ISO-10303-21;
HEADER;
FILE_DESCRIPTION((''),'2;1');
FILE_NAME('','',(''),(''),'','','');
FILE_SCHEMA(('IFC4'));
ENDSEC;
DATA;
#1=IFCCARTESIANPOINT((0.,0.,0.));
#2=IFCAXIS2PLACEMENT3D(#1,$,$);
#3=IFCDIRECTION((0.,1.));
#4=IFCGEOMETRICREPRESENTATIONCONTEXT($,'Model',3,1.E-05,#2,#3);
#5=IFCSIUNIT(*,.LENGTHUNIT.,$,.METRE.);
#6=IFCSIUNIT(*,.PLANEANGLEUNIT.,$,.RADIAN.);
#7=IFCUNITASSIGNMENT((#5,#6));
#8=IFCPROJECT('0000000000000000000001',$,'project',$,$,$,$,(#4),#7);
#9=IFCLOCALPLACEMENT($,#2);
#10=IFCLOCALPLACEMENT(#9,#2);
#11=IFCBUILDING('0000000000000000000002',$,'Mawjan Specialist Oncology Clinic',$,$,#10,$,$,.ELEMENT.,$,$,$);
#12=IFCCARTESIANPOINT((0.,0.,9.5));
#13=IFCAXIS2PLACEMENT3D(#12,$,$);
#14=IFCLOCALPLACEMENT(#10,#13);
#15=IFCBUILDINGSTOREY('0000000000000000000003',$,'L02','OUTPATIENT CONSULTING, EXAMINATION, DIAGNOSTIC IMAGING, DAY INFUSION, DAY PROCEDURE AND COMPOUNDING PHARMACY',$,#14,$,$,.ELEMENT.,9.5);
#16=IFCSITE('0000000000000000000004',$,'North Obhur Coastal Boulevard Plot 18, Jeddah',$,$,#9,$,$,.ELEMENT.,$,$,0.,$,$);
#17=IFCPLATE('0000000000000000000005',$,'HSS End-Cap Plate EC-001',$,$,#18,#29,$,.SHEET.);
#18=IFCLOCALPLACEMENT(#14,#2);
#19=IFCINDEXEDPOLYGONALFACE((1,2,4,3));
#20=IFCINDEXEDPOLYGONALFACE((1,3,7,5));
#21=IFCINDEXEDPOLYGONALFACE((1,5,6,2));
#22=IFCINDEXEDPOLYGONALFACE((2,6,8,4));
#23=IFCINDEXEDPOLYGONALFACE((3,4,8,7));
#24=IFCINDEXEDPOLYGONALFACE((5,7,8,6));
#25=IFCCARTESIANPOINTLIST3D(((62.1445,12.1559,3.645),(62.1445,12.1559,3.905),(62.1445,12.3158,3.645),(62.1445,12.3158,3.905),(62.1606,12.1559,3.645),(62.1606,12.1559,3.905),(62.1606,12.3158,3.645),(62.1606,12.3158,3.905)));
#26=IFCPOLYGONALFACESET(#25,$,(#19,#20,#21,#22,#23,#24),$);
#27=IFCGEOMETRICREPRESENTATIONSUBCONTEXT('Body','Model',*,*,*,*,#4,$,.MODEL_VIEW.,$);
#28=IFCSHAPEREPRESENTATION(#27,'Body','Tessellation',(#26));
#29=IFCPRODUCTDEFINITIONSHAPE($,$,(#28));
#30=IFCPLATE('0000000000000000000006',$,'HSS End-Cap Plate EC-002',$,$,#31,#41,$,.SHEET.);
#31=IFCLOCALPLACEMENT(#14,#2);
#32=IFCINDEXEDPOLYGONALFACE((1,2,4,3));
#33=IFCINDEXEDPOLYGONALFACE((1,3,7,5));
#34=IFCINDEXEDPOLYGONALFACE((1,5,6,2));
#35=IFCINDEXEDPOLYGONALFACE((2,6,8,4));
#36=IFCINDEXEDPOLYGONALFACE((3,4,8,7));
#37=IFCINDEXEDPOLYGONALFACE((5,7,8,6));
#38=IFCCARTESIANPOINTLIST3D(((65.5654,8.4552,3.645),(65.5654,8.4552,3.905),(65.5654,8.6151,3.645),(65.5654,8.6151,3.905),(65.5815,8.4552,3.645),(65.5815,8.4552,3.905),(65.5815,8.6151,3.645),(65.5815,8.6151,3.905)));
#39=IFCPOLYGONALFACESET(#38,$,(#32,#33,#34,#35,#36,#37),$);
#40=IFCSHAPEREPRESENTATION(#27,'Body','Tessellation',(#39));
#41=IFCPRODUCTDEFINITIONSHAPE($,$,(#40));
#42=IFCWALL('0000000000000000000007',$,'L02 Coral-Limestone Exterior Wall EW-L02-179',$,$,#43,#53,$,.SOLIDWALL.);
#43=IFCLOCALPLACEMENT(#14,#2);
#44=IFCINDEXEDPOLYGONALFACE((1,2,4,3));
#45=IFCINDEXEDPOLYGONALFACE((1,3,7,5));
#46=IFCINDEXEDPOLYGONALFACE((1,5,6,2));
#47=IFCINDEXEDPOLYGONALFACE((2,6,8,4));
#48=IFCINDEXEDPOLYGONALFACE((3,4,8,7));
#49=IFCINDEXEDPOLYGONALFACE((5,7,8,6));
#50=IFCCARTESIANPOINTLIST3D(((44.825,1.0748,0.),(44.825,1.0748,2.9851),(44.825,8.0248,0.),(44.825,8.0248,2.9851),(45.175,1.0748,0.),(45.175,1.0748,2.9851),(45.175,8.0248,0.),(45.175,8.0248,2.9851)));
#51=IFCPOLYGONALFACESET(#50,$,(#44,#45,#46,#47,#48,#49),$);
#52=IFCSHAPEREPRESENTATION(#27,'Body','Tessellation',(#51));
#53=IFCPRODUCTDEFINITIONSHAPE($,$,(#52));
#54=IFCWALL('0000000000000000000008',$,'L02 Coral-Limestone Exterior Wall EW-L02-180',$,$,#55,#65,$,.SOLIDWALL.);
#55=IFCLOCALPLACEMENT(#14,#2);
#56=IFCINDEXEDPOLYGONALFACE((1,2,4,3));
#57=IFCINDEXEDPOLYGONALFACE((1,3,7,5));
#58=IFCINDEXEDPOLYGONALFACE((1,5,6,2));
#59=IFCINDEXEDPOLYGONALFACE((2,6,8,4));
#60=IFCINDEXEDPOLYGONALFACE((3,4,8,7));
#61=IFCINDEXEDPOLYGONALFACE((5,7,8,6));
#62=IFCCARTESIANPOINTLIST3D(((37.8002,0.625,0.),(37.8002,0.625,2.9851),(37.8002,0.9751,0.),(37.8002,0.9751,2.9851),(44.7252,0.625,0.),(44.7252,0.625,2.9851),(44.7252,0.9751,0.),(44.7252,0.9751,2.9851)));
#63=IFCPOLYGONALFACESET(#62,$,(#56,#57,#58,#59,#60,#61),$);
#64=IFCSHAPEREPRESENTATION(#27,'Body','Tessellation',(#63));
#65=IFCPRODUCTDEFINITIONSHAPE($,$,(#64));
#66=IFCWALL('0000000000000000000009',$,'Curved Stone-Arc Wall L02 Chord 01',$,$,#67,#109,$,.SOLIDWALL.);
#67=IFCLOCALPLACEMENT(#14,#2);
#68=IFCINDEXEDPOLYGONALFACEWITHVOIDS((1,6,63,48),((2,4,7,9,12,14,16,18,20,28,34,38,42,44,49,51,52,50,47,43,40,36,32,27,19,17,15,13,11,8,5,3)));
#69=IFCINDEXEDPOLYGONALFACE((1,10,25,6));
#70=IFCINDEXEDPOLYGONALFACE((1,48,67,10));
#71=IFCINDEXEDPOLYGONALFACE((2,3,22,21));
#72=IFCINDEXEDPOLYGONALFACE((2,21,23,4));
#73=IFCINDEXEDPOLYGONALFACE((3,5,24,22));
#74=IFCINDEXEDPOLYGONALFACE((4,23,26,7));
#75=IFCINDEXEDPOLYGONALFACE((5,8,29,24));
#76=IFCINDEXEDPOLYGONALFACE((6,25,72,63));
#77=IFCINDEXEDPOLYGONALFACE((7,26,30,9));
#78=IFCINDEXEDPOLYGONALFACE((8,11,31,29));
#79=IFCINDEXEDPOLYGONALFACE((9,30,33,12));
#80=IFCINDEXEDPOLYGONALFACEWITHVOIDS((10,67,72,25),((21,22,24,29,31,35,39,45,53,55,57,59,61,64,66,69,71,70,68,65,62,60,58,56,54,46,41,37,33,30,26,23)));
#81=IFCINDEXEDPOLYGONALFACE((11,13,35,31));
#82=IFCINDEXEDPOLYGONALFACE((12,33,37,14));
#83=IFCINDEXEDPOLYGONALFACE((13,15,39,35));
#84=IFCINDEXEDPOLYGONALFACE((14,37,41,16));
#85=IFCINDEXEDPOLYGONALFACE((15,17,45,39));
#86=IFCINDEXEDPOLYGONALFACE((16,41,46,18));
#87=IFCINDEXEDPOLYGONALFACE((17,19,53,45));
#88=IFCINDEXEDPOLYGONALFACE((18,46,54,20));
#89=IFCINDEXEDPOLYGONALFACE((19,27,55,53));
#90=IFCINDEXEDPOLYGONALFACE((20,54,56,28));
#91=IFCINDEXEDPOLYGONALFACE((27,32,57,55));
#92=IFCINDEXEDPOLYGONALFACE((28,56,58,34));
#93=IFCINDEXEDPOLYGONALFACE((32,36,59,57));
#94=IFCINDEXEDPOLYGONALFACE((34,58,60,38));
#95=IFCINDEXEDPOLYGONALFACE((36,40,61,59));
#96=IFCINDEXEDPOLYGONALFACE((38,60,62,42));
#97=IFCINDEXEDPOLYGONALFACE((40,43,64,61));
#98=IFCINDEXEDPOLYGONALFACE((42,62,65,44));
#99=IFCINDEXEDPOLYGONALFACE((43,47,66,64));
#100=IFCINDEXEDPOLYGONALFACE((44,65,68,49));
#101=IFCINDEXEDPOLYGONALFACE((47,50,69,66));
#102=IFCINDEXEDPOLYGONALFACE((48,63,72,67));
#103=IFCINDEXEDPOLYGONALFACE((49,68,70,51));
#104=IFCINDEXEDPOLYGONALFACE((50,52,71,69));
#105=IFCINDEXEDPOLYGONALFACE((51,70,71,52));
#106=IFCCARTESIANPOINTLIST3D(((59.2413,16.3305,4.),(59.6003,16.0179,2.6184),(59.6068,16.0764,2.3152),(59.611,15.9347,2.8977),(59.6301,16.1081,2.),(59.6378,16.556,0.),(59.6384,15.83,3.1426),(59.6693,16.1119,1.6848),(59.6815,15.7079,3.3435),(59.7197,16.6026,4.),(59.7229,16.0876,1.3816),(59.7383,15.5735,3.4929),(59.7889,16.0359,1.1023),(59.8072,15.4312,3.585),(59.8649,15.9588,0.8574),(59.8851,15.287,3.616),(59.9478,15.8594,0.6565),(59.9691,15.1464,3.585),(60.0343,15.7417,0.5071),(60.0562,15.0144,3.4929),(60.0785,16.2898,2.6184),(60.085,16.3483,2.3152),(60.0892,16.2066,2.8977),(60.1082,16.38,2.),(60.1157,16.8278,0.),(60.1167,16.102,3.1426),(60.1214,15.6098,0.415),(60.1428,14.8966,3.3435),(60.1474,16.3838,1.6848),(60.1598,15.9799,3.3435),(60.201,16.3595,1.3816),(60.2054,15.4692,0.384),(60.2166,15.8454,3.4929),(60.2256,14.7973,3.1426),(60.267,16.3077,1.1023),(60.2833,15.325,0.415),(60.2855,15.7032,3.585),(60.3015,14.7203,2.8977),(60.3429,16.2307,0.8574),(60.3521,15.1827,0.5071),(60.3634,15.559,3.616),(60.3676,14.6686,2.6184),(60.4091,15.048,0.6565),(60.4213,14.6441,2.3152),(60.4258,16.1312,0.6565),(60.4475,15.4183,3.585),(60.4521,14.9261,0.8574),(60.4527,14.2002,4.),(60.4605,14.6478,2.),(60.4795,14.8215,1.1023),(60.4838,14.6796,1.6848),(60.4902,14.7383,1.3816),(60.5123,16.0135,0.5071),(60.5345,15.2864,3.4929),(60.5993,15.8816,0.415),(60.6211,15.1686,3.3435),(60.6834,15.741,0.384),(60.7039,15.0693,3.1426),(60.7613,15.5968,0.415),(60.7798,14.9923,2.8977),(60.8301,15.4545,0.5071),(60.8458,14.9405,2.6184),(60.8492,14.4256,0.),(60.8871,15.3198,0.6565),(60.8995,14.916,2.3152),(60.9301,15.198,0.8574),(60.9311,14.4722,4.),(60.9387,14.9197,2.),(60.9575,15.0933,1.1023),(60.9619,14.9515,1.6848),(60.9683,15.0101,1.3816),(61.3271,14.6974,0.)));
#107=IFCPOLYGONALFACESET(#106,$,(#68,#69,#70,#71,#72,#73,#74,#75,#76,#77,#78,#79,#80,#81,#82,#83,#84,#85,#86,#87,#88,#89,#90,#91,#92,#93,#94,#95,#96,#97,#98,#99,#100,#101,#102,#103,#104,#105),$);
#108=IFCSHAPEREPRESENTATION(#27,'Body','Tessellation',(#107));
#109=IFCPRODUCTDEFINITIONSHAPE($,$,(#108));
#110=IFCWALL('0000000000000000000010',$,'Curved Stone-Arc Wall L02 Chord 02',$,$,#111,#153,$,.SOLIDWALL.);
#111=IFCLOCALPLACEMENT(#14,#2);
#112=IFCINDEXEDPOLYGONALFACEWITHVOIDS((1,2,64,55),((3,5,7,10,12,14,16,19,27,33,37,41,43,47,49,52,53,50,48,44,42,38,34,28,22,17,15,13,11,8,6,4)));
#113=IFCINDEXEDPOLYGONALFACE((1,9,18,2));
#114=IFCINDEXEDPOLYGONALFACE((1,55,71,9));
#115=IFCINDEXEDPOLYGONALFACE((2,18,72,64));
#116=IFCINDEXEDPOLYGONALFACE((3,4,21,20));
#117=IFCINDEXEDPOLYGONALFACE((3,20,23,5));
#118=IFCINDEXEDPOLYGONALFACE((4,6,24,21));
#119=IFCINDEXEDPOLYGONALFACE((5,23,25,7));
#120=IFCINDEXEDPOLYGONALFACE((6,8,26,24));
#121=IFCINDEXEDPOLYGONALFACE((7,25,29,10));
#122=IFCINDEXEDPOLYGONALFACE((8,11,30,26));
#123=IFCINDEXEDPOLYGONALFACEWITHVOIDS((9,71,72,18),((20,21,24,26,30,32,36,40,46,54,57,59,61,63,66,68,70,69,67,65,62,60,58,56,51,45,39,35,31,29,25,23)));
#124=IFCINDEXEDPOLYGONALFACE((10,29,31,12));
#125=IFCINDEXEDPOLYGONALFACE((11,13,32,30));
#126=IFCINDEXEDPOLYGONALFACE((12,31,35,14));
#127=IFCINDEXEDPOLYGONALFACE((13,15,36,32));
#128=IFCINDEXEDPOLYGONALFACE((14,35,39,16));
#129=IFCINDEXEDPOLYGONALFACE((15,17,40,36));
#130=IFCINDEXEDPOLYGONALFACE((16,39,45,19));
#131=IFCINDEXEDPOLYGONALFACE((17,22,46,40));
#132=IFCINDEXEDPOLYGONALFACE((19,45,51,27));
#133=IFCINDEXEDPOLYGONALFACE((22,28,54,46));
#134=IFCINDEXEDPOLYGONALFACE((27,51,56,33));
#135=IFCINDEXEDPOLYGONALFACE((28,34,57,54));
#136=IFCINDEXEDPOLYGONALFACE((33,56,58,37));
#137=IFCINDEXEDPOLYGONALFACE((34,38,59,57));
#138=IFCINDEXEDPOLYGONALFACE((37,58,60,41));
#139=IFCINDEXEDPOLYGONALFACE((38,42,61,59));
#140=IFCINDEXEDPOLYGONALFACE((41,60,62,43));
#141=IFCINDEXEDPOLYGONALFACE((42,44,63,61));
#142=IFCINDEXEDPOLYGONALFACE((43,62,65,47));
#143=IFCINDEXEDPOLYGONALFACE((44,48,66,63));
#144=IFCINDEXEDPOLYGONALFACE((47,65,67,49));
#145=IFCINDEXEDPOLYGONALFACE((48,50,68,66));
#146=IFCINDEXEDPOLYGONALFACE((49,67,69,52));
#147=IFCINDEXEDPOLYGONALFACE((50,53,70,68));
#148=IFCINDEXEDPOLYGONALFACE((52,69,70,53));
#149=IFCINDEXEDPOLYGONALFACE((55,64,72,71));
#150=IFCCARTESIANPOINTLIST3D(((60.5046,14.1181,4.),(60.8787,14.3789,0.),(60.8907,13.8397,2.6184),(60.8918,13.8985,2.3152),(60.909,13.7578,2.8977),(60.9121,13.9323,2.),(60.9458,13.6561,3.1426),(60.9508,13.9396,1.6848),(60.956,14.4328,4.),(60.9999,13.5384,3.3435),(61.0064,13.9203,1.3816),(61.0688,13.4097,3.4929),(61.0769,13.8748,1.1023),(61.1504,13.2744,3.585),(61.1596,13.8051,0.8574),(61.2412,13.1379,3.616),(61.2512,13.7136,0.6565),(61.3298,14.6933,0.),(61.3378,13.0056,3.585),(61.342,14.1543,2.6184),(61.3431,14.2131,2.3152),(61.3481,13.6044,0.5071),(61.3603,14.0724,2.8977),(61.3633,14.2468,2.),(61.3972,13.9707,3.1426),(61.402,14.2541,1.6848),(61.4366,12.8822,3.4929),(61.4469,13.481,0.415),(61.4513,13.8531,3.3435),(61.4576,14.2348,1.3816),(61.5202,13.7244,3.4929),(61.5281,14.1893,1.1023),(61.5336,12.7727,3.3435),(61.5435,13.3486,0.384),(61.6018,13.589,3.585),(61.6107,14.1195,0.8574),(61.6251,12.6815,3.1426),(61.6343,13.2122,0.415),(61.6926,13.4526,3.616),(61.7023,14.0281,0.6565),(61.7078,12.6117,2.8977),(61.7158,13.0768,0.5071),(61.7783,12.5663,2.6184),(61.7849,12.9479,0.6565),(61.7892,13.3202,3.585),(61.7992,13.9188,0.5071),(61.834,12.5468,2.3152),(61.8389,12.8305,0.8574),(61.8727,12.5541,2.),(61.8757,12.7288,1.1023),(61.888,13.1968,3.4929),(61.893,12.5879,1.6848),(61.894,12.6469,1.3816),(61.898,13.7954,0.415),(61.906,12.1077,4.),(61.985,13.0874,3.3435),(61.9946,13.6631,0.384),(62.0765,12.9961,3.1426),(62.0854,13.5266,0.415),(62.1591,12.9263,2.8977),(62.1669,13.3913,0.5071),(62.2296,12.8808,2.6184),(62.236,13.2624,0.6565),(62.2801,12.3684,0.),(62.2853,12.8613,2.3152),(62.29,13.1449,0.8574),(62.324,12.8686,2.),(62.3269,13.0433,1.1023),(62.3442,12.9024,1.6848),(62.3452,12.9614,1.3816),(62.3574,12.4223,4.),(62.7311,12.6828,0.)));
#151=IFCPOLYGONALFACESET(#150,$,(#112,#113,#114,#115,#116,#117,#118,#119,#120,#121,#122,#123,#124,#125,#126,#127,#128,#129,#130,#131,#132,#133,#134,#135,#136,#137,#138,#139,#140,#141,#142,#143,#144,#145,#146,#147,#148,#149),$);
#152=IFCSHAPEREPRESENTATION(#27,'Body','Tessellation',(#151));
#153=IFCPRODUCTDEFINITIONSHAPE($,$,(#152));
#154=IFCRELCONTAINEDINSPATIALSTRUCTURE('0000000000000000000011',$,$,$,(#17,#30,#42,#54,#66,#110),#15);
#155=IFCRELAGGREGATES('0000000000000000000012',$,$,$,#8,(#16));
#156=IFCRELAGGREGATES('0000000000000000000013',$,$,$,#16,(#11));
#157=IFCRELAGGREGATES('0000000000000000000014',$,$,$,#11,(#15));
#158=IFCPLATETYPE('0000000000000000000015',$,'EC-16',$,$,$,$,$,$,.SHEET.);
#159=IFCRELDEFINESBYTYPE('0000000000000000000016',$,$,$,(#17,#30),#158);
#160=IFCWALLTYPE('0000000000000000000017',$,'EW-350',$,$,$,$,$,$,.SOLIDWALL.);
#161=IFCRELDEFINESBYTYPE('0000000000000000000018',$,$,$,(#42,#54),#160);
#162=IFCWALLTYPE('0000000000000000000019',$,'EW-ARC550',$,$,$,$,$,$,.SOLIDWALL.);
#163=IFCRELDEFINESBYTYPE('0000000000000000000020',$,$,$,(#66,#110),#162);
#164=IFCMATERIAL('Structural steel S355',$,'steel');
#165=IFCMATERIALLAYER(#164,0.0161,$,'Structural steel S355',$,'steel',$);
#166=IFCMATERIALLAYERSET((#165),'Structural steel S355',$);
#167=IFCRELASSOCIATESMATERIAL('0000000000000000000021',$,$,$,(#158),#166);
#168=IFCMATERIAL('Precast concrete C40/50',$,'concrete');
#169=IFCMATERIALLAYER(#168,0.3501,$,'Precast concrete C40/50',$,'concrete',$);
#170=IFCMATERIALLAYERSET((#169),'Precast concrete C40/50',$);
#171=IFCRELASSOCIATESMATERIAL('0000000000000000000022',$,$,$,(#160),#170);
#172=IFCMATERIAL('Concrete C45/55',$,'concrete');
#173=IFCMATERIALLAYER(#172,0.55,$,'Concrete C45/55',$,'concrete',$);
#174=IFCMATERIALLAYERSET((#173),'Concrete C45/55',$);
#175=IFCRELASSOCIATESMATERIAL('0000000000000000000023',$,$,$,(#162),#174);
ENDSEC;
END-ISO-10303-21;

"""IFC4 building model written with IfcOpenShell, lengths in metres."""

from ifc_helpers import new_model, si_unit, direction, frame, frame_2d, origin, origin_2d, place, context, subcontext, project, spatial, polyline, rectangle, outline, extrude, material, layer, layer_set, type_object, element, save


model = new_model("IFC4")

# Units and contexts
model_context = context("Model", 3, precision=1e-05, world=origin(), true_north=direction((0.0, 1.0)))
body_context = subcontext(model_context, "Body", "Model", "MODEL_VIEW")
ifc_project = project(units=[si_unit("LENGTHUNIT", "METRE"), si_unit("PLANEANGLEUNIT", "RADIAN")], contexts=[model_context])

# Site, building, storey
site_placement = place(None, origin())
site = spatial("IfcSite", under=ifc_project, at=site_placement, Name="North Obhur Coastal Boulevard Plot 18, Jeddah", CompositionType="ELEMENT", RefElevation=0.0)
building_placement = place(site_placement, origin())
building = spatial("IfcBuilding", under=site, at=building_placement, Name="Mawjan Specialist Oncology Clinic", CompositionType="ELEMENT")
storey_placement = place(building_placement, frame((0.0, 0.0, 9.5)))
storey = spatial("IfcBuildingStorey", under=building, at=storey_placement, Name="L02", Description="OUTPATIENT CONSULTING, EXAMINATION, DIAGNOSTIC IMAGING, DAY INFUSION, DAY PROCEDURE AND COMPOUNDING PHARMACY", CompositionType="ELEMENT", Elevation=9.5)

# Plates
ifc_material_1 = material(Name="Structural steel S355", Category="steel")
ifc_layer_1 = layer(ifc_material_1, 0.0161, Name="Structural steel S355", Category="steel")
ifc_layer_set_1 = layer_set([ifc_layer_1], Name="Structural steel S355")
plate_type_1 = type_object("IfcPlateType", Name="EC-16", PredefinedType="SHEET", material=ifc_layer_set_1)
for number, where, z_axis, x_axis, name in (
    (1, (62.1526, 12.2358, 3.645), (0.0, 0.0, 1.0), (1.0, 0.0, 0.0), "HSS End-Cap Plate EC-001"),
    (2, (65.5735, 8.5352, 3.645), (0.0, 0.0, 1.0), (1.0, 0.0, 0.0), "HSS End-Cap Plate EC-002"),
):
    element("IfcPlate", number, at=place(storey_placement, frame(where, z_axis=z_axis, x_axis=x_axis)), inside=storey, type_object=plate_type_1, Name=name, PredefinedType="SHEET", context=body_context, shape_type="SweptSolid", body=[
        extrude(rectangle(XDim=0.0161, YDim=0.1599, at=origin_2d()), origin(), (0.0, 0.0, 1.0), 0.26),
    ])

# Walls
ifc_material_2 = material(Name="Precast concrete C40/50", Category="concrete")
ifc_layer_2 = layer(ifc_material_2, 0.3501, Name="Precast concrete C40/50", Category="concrete")
ifc_layer_set_2 = layer_set([ifc_layer_2], Name="Precast concrete C40/50")
wall_type_1 = type_object("IfcWallType", Name="EW-350", PredefinedType="SOLIDWALL", material=ifc_layer_set_2)
wall_1_placement = place(storey_placement, frame((45.0, 8.0249, 0.0), z_axis=(0.0, 0.0, 1.0), x_axis=(0.0, -1.0, 0.0)))
element("IfcWall", 3, at=wall_1_placement, inside=storey, type_object=wall_type_1, Name="L02 Coral-Limestone Exterior Wall EW-L02-179", PredefinedType="SOLIDWALL", context=body_context, shape_type="SweptSolid", body=[
    extrude(rectangle(XDim=6.95, YDim=0.3501, at=frame_2d((3.4751, 0.0))), origin(), (0.0, 0.0, 1.0), 2.9851),
])
wall_2_placement = place(storey_placement, frame((44.7251, 0.8, 0.0), z_axis=(0.0, 0.0, 1.0), x_axis=(-1.0, 0.0, 0.0)))
element("IfcWall", 4, at=wall_2_placement, inside=storey, type_object=wall_type_1, Name="L02 Coral-Limestone Exterior Wall EW-L02-180", PredefinedType="SOLIDWALL", context=body_context, shape_type="SweptSolid", body=[
    extrude(rectangle(XDim=6.925, YDim=0.3501, at=frame_2d((3.4624, 0.0))), origin(), (0.0, 0.0, 1.0), 2.9851),
])

# Walls, openings
ifc_material_3 = material(Name="Concrete C45/55", Category="concrete")
ifc_layer_3 = layer(ifc_material_3, 0.55, Name="Concrete C45/55", Category="concrete")
ifc_layer_set_3 = layer_set([ifc_layer_3], Name="Concrete C45/55")
wall_type_2 = type_object("IfcWallType", Name="EW-ARC550", PredefinedType="SOLIDWALL", material=ifc_layer_set_3)
wall_3_placement = place(storey_placement, frame((61.0881, 14.5615, 0.0), z_axis=(0.0, 0.0, 1.0), x_axis=(-0.494314, 0.869283, 0.0)))
wall_3 = element("IfcWall", 5, at=wall_3_placement, inside=storey, type_object=wall_type_2, Name="Curved Stone-Arc Wall L02 Chord 01", PredefinedType="SOLIDWALL", context=body_context, shape_type="SweptSolid", body=[
    extrude(outline(polyline([(-0.2749, 0.0), (0.2749, 0.0), (0.731, 4.0), (0.1807, 4.0), (-0.2749, 0.0)])), frame((0.0, 0.0, 0.0), z_axis=(1.0, 0.0, 0.0), x_axis=(0.0, 1.0, 0.0)), (0.0, 0.0, 1.0), 2.4507),
])
opening_1_placement = place(wall_3_placement, origin())
element("IfcOpeningElement", 6, at=opening_1_placement, cuts=wall_3, PredefinedType="OPENING", context=body_context, shape_type="SweptSolid", body=[
    extrude(outline(polyline([(2.0652, 2.0), (2.0491, 2.3152), (2.0015, 2.6184), (1.9238, 2.8977), (1.8193, 3.1426), (1.6919, 3.3435), (1.5469, 3.4929), (1.3892, 3.585), (1.2253, 3.616), (1.0615, 3.585), (0.9038, 3.4929), (0.7585, 3.3435), (0.6313, 3.1426), (0.5269, 2.8977), (0.4492, 2.6184), (0.4014, 2.3152), (0.3853, 2.0), (0.4014, 1.6848), (0.4492, 1.3816), (0.5269, 1.1023), (0.6313, 0.8574), (0.7585, 0.6565), (0.9038, 0.5071), (1.0615, 0.415), (1.2253, 0.384), (1.3892, 0.415), (1.5469, 0.5071), (1.6919, 0.6565), (1.8193, 0.8574), (1.9238, 1.1023), (2.0015, 1.3816), (2.0491, 1.6848), (2.0652, 2.0)])), frame((0.0, 0.7507, 0.0), z_axis=(0.0, -1.0, 0.0), x_axis=(1.0, 0.0, 0.0)), (0.0, 0.0, 1.0), 1.0459),
])
wall_4_placement = place(storey_placement, frame((62.5056, 12.5256, 0.0), z_axis=(0.0, 0.0, 1.0), x_axis=(-0.571823, 0.820377, 0.0)))
wall_4 = element("IfcWall", 7, at=wall_4_placement, inside=storey, type_object=wall_type_2, Name="Curved Stone-Arc Wall L02 Chord 02", PredefinedType="SOLIDWALL", context=body_context, shape_type="SweptSolid", body=[
    extrude(outline(polyline([(-0.2749, 0.0), (0.2749, 0.0), (0.731, 4.0), (0.1807, 4.0), (-0.2749, 0.0)])), frame((0.0, 0.0, 0.0), z_axis=(1.0, 0.0, 0.0), x_axis=(0.0, 1.0, 0.0)), (0.0, 0.0, 1.0), 2.4507),
])
opening_2_placement = place(wall_4_placement, origin())
element("IfcOpeningElement", 8, at=opening_2_placement, cuts=wall_4, PredefinedType="OPENING", context=body_context, shape_type="SweptSolid", body=[
    extrude(outline(polyline([(2.0652, 2.0), (2.0491, 2.3152), (2.0015, 2.6184), (1.9238, 2.8977), (1.8193, 3.1426), (1.6919, 3.3435), (1.5469, 3.4929), (1.3892, 3.585), (1.2253, 3.616), (1.0615, 3.585), (0.9038, 3.4929), (0.7585, 3.3435), (0.6313, 3.1426), (0.5269, 2.8977), (0.4492, 2.6184), (0.4014, 2.3152), (0.3853, 2.0), (0.4014, 1.6848), (0.4492, 1.3816), (0.5269, 1.1023), (0.6313, 0.8574), (0.7585, 0.6565), (0.9038, 0.5071), (1.0615, 0.415), (1.2253, 0.384), (1.3892, 0.415), (1.5469, 0.5071), (1.6919, 0.6565), (1.8193, 0.8574), (1.9238, 1.1023), (2.0015, 1.3816), (2.0491, 1.6848), (2.0652, 2.0)])), frame((0.0, 0.7507, 0.0), z_axis=(0.0, -1.0, 0.0), x_axis=(1.0, 0.0, 0.0)), (0.0, 0.0, 1.0), 1.0459),
])

save(model, "model.ifc")
